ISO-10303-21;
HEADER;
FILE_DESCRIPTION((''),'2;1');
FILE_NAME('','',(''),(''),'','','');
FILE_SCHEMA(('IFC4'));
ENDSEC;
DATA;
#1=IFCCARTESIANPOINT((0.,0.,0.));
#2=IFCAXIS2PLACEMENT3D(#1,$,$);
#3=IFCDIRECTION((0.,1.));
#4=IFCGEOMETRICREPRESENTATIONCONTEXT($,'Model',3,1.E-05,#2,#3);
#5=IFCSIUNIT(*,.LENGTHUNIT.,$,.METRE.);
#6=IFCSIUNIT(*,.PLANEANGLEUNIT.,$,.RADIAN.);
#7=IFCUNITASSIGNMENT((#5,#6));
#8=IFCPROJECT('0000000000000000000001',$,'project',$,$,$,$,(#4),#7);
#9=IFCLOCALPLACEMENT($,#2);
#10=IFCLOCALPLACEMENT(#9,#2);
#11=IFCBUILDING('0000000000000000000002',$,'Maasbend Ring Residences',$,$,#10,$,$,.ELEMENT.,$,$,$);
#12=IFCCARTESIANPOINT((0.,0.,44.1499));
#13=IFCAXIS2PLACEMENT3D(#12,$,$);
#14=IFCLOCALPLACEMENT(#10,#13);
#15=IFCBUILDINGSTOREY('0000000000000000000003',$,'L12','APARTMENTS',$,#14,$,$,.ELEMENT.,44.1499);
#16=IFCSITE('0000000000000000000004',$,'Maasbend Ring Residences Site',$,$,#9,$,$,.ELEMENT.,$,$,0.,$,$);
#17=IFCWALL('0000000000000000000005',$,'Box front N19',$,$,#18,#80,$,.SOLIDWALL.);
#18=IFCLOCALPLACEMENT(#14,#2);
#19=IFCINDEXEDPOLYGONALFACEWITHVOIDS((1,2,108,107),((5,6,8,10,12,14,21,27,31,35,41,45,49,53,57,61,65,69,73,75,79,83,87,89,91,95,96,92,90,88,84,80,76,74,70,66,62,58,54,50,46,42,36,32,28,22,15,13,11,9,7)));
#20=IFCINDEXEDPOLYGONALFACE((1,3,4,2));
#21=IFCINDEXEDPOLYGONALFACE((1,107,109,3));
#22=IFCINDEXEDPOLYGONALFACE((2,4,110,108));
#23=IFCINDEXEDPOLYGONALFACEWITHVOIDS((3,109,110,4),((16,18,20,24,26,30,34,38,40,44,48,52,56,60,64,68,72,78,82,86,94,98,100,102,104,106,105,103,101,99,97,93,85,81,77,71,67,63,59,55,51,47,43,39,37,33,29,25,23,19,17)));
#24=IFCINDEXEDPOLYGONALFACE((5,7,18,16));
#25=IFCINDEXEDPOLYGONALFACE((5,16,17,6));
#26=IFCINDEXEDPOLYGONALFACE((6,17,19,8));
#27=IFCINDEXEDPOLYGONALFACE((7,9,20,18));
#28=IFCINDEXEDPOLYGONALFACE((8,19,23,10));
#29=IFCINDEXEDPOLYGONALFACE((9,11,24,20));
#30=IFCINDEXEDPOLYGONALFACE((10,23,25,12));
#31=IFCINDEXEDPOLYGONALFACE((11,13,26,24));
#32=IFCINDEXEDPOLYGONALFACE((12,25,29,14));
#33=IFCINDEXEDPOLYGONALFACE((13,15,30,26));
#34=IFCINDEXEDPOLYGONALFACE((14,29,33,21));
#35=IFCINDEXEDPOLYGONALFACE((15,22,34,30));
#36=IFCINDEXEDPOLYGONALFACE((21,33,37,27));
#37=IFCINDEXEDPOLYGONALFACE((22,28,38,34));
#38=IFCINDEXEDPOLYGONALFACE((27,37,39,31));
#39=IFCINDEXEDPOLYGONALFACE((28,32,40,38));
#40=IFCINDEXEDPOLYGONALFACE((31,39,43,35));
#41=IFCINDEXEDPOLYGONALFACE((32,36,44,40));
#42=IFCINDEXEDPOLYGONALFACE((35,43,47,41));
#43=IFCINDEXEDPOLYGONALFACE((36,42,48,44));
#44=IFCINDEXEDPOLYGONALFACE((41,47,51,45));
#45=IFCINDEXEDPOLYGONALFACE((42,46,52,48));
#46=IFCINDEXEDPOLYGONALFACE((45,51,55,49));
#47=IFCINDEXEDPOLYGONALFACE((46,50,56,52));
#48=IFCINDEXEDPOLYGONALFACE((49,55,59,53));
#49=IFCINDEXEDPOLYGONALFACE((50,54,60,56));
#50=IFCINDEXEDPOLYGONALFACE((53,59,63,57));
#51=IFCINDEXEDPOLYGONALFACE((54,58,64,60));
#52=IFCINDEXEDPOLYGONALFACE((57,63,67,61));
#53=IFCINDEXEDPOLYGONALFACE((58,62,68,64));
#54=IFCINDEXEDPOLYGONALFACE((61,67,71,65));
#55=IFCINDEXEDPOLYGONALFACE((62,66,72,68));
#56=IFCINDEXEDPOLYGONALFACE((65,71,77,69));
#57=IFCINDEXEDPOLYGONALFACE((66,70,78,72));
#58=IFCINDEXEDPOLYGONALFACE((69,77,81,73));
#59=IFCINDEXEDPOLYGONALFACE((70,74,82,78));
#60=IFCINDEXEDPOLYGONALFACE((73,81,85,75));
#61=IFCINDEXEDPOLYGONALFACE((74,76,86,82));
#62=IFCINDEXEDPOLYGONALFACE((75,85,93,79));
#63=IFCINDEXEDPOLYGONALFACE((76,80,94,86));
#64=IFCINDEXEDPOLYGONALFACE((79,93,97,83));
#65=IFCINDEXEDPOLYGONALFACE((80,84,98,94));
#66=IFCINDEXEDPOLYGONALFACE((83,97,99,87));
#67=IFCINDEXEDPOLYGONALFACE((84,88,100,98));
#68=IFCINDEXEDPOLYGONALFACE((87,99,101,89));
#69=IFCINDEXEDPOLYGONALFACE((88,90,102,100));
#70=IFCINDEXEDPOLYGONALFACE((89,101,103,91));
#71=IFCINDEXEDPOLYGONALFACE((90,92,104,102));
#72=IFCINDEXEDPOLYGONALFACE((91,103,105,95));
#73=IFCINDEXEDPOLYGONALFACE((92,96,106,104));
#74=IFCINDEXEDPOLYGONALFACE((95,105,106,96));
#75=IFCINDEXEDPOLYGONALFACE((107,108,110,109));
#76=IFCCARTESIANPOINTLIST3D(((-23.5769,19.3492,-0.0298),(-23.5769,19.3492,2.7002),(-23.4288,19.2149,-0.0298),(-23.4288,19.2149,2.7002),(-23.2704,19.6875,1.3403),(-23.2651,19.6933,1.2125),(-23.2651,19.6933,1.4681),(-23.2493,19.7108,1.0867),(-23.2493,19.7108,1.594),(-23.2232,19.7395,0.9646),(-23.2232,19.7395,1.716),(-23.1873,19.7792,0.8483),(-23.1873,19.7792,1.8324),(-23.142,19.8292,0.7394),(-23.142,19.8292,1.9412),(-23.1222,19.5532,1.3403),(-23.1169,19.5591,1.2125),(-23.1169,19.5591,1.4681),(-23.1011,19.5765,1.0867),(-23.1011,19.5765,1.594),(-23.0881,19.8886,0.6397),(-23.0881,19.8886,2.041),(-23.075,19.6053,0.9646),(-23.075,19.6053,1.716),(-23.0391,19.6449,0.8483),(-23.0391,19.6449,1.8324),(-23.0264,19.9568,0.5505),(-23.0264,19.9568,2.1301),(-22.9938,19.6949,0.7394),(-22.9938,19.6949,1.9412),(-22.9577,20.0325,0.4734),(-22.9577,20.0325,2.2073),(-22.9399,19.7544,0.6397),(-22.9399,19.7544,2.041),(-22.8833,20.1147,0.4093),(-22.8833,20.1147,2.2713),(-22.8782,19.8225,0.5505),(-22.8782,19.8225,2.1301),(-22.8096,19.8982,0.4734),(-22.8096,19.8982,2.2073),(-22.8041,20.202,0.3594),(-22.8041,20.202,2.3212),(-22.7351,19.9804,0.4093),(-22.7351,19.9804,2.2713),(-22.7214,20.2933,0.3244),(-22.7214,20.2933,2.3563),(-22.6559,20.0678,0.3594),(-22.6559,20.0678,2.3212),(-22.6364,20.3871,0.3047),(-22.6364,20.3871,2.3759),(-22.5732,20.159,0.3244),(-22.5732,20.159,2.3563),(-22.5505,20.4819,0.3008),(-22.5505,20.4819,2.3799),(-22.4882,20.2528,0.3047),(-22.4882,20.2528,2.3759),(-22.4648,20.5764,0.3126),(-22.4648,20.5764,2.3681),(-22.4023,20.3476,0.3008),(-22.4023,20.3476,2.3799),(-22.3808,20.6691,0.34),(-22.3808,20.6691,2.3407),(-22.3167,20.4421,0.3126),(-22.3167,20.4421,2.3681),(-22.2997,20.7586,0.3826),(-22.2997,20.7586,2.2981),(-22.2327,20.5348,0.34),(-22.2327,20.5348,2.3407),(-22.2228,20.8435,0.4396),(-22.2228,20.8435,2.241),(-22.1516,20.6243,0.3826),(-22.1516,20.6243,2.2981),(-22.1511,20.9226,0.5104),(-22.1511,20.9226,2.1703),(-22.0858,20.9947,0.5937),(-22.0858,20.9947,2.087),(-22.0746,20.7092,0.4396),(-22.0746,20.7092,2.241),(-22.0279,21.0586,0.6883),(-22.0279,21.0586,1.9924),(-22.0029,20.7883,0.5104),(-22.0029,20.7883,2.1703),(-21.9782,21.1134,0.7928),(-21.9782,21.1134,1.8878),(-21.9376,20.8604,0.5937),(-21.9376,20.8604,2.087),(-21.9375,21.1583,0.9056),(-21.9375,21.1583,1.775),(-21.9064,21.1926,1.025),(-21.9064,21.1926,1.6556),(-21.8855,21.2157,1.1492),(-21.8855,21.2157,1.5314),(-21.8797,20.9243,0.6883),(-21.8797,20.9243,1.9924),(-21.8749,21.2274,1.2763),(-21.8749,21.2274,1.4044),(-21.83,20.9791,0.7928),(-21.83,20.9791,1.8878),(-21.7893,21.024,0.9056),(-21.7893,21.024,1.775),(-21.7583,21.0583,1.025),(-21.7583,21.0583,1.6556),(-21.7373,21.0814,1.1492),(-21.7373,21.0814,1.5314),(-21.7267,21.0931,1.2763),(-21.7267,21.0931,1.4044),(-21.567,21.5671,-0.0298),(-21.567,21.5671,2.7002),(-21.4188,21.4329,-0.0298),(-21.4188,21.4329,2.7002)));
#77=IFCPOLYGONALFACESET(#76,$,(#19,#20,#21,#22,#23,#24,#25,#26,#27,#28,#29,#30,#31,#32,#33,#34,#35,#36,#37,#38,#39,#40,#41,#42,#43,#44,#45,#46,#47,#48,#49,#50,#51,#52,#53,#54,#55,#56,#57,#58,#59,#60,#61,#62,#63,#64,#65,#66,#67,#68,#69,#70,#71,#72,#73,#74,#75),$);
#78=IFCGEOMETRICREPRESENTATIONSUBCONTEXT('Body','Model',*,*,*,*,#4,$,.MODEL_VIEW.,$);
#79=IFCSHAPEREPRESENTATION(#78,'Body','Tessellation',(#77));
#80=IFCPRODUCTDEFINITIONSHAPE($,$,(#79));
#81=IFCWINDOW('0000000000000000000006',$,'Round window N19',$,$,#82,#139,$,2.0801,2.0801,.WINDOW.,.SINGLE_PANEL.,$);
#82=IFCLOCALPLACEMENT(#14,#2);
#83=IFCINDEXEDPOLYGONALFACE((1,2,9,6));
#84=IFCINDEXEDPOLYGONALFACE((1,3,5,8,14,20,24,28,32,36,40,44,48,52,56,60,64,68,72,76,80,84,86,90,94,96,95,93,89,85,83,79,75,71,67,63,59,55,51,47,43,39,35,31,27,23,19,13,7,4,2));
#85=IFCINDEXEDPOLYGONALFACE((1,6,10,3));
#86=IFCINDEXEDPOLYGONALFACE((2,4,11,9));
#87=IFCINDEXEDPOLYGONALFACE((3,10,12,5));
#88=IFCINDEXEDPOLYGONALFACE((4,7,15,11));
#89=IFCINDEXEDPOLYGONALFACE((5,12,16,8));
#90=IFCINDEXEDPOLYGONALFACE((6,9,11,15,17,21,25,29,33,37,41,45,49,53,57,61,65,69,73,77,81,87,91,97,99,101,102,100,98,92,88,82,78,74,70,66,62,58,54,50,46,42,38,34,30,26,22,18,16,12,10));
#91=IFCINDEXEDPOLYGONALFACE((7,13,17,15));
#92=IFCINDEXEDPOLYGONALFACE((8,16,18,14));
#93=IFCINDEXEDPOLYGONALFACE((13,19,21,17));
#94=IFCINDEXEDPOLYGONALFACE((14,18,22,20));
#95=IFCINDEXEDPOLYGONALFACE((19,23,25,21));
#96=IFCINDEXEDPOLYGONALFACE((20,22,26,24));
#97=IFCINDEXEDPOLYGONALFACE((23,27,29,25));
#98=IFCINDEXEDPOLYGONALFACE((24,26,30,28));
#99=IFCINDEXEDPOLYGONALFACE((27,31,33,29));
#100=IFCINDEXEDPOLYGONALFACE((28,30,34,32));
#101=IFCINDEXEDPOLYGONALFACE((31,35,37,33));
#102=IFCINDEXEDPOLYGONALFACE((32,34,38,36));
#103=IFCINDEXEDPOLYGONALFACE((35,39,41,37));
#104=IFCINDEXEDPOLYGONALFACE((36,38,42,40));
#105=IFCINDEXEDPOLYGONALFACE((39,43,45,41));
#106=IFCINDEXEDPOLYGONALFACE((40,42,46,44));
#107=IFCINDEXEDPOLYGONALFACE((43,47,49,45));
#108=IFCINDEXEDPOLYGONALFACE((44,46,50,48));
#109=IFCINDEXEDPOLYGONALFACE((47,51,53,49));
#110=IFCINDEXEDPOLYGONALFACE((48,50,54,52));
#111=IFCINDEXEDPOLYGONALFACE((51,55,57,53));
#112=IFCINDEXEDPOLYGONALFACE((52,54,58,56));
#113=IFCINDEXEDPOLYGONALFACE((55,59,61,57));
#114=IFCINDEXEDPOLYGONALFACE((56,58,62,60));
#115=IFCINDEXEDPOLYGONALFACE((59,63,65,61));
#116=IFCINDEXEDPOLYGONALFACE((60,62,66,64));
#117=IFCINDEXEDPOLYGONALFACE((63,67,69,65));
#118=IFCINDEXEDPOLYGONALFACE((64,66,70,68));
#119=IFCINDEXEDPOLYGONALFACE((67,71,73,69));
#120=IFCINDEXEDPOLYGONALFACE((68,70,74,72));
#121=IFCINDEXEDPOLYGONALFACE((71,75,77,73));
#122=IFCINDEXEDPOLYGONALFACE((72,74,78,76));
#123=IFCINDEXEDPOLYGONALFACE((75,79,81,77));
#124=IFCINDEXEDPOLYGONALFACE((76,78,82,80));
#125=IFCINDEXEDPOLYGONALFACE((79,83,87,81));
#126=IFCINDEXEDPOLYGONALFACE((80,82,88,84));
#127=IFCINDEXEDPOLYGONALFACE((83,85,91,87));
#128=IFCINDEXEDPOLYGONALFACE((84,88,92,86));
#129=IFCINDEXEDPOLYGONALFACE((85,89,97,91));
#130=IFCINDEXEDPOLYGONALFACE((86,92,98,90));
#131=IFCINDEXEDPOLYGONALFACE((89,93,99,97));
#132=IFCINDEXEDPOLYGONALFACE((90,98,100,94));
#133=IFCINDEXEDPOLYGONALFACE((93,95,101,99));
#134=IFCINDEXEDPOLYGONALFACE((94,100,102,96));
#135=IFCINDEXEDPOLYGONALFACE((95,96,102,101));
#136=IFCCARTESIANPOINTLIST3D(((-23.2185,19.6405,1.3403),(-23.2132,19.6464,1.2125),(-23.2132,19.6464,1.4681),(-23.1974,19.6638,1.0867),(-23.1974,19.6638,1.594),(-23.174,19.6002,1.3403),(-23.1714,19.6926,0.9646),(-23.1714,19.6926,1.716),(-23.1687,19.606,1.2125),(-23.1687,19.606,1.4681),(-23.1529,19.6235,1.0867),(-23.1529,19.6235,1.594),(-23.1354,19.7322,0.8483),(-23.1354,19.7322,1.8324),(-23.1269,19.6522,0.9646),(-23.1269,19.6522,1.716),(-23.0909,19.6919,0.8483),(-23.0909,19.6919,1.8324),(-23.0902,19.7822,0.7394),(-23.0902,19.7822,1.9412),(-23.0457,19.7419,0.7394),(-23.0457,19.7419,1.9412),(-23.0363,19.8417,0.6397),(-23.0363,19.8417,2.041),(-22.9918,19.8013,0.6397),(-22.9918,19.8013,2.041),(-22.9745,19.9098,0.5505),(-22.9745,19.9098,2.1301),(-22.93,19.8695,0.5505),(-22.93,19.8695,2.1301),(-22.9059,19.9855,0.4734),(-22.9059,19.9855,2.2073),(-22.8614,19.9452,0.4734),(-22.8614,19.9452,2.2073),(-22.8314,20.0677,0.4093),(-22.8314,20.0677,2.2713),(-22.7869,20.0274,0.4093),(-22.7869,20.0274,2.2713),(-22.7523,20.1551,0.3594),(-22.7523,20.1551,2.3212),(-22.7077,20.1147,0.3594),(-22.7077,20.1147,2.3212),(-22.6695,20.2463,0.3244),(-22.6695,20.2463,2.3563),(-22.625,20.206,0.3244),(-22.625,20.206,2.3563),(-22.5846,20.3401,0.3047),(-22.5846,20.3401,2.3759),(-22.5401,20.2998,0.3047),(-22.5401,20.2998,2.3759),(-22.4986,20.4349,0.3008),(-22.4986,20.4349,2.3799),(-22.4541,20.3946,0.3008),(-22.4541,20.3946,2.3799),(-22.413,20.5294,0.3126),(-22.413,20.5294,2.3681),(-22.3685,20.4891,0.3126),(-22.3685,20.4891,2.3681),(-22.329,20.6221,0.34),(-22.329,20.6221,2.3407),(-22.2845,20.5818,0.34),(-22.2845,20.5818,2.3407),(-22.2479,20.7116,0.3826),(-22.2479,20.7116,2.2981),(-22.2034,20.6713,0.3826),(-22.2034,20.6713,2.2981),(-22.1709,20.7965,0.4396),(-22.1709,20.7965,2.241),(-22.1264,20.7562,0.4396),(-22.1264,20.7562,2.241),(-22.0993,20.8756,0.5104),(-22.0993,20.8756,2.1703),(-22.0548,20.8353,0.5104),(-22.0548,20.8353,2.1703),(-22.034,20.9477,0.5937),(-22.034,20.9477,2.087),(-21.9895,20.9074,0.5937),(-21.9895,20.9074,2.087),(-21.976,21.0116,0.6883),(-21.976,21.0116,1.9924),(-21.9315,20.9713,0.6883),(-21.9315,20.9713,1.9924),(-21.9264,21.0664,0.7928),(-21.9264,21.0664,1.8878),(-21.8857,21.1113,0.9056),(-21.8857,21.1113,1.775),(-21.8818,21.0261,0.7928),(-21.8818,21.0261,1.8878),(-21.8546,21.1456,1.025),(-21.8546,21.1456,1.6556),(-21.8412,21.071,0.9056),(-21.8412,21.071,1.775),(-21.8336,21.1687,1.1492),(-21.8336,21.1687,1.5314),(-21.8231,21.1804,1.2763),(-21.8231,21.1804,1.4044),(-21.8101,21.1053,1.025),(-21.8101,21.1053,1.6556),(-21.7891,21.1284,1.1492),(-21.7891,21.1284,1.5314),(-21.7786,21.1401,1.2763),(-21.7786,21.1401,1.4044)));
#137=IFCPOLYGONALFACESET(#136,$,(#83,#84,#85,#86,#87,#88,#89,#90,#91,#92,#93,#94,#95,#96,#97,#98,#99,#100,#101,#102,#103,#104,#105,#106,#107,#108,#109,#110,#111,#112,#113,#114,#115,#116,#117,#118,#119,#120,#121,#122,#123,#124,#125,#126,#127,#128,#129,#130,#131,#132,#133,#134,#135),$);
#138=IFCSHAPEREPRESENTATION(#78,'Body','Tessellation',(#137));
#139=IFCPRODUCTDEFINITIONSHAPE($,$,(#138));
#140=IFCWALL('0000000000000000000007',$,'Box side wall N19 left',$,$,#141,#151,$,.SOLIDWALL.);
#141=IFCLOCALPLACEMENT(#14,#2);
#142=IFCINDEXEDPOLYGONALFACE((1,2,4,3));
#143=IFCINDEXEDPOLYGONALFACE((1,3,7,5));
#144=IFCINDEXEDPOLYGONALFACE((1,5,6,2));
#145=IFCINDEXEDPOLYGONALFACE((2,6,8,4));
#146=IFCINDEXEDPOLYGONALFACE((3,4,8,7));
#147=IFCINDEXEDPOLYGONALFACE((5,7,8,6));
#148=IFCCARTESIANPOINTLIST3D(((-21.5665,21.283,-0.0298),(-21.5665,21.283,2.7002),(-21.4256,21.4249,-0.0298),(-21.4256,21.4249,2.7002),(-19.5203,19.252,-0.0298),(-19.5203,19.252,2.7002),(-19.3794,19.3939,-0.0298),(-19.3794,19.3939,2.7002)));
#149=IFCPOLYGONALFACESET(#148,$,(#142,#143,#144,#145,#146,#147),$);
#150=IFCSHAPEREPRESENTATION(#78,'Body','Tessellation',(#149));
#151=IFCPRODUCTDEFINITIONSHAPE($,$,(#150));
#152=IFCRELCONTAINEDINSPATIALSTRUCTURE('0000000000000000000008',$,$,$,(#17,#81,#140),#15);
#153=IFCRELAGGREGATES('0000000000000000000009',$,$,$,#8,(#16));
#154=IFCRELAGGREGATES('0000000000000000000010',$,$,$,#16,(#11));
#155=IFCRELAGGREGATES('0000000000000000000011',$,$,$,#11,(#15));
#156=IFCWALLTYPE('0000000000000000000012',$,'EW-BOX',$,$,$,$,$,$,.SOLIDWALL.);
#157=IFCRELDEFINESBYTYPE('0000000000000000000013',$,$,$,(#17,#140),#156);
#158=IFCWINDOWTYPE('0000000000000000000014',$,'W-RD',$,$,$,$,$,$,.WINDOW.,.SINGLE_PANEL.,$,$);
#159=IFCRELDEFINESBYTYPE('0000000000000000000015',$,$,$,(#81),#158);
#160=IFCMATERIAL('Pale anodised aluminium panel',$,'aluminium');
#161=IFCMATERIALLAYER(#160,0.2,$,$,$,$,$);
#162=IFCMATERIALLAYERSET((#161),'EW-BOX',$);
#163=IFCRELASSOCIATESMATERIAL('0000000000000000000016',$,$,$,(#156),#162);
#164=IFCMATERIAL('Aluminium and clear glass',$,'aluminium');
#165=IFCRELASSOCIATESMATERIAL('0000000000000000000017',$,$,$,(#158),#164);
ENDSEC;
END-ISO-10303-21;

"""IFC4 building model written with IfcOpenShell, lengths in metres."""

from ifc_helpers import new_model, si_unit, direction, frame, frame_2d, origin, place, context, subcontext, project, spatial, rectangle, circle, extrude, material, layer, layer_set, type_object, element, fill, save


model = new_model("IFC4")

# Units and contexts
model_context = context("Model", 3, precision=1e-05, world=origin(), true_north=direction((0.0, 1.0)))
body_context = subcontext(model_context, "Body", "Model", "MODEL_VIEW")
ifc_project = project(units=[si_unit("LENGTHUNIT", "METRE"), si_unit("PLANEANGLEUNIT", "RADIAN")], contexts=[model_context])

# Site, building, storey
site_placement = place(None, origin())
site = spatial("IfcSite", under=ifc_project, at=site_placement, Name="Maasbend Ring Residences Site", CompositionType="ELEMENT", RefElevation=0.0)
building_placement = place(site_placement, origin())
building = spatial("IfcBuilding", under=site, at=building_placement, Name="Maasbend Ring Residences", CompositionType="ELEMENT")
storey_placement = place(building_placement, frame((0.0, 0.0, 44.1499)))
storey = spatial("IfcBuildingStorey", under=building, at=storey_placement, Name="L12", Description="APARTMENTS", CompositionType="ELEMENT", Elevation=44.1499)

# Shared definitions
ifc_material_1 = material(Name="Pale anodised aluminium panel", Category="aluminium")
ifc_layer_1 = layer(ifc_material_1, 0.2)
ifc_layer_set_1 = layer_set([ifc_layer_1], Name="EW-BOX")
wall_type_1 = type_object("IfcWallType", Name="EW-BOX", PredefinedType="SOLIDWALL", material=ifc_layer_set_1)
ifc_material_2 = material(Name="Aluminium and clear glass", Category="aluminium")
window_type_1 = type_object("IfcWindowType", Name="W-RD", PartitioningType="SINGLE_PANEL", PredefinedType="WINDOW", material=ifc_material_2)

# Wall, opening, window
wall_1_placement = place(storey_placement, frame((-21.4929, 21.5, -0.0298), z_axis=(0.0, 0.0, 1.0), x_axis=(-0.671507, -0.740998, 0.0)))
wall_1 = element("IfcWall", 1, at=wall_1_placement, inside=storey, type_object=wall_type_1, Name="Box front N19", PredefinedType="SOLIDWALL", context=body_context, shape_type="SweptSolid", body=[
    extrude(rectangle(XDim=2.9932, YDim=0.2, at=frame_2d((1.4966, 0.0))), origin(), (0.0, 0.0, 1.0), 2.73),
])
opening_1_placement = place(wall_1_placement, frame((0.4565, 0.0, 0.3301)))
opening_1 = element("IfcOpeningElement", 2, at=opening_1_placement, cuts=wall_1, PredefinedType="OPENING", context=body_context, shape_type="SweptSolid", body=[
    extrude(circle(Radius=1.04, at=frame_2d((1.04, 1.04))), frame((0.0, 0.1099, 0.0), z_axis=(0.0, -1.0, 0.0), x_axis=(1.0, 0.0, 0.0)), (0.0, 0.0, 1.0), 0.22),
])
window_1_placement = place(opening_1_placement, origin())
window_1 = element("IfcWindow", 3, at=window_1_placement, inside=storey, type_object=window_type_1, Name="Round window N19", OverallHeight=2.0801, OverallWidth=2.0801, PartitioningType="SINGLE_PANEL", PredefinedType="WINDOW", context=body_context, shape_type="SweptSolid", body=[
    extrude(circle(Radius=1.04, at=frame_2d((1.04, 1.04))), frame((0.0, 0.03, 0.0), z_axis=(0.0, -1.0, 0.0), x_axis=(1.0, 0.0, 0.0)), (0.0, 0.0, 1.0), 0.0601),
])
fill(opening_1, window_1)

# Wall
wall_2_placement = place(storey_placement, frame((-19.45, 19.323, -0.0298), z_axis=(0.0, 0.0, 1.0), x_axis=(-0.709727, 0.704477, 0.0)))
element("IfcWall", 4, at=wall_2_placement, inside=storey, type_object=wall_type_1, Name="Box side wall N19 left", PredefinedType="SOLIDWALL", context=body_context, shape_type="SweptSolid", body=[
    extrude(rectangle(XDim=2.8831, YDim=0.2, at=frame_2d((1.4414, 0.0))), origin(), (0.0, 0.0, 1.0), 2.73),
])

save(model, "model.ifc")
